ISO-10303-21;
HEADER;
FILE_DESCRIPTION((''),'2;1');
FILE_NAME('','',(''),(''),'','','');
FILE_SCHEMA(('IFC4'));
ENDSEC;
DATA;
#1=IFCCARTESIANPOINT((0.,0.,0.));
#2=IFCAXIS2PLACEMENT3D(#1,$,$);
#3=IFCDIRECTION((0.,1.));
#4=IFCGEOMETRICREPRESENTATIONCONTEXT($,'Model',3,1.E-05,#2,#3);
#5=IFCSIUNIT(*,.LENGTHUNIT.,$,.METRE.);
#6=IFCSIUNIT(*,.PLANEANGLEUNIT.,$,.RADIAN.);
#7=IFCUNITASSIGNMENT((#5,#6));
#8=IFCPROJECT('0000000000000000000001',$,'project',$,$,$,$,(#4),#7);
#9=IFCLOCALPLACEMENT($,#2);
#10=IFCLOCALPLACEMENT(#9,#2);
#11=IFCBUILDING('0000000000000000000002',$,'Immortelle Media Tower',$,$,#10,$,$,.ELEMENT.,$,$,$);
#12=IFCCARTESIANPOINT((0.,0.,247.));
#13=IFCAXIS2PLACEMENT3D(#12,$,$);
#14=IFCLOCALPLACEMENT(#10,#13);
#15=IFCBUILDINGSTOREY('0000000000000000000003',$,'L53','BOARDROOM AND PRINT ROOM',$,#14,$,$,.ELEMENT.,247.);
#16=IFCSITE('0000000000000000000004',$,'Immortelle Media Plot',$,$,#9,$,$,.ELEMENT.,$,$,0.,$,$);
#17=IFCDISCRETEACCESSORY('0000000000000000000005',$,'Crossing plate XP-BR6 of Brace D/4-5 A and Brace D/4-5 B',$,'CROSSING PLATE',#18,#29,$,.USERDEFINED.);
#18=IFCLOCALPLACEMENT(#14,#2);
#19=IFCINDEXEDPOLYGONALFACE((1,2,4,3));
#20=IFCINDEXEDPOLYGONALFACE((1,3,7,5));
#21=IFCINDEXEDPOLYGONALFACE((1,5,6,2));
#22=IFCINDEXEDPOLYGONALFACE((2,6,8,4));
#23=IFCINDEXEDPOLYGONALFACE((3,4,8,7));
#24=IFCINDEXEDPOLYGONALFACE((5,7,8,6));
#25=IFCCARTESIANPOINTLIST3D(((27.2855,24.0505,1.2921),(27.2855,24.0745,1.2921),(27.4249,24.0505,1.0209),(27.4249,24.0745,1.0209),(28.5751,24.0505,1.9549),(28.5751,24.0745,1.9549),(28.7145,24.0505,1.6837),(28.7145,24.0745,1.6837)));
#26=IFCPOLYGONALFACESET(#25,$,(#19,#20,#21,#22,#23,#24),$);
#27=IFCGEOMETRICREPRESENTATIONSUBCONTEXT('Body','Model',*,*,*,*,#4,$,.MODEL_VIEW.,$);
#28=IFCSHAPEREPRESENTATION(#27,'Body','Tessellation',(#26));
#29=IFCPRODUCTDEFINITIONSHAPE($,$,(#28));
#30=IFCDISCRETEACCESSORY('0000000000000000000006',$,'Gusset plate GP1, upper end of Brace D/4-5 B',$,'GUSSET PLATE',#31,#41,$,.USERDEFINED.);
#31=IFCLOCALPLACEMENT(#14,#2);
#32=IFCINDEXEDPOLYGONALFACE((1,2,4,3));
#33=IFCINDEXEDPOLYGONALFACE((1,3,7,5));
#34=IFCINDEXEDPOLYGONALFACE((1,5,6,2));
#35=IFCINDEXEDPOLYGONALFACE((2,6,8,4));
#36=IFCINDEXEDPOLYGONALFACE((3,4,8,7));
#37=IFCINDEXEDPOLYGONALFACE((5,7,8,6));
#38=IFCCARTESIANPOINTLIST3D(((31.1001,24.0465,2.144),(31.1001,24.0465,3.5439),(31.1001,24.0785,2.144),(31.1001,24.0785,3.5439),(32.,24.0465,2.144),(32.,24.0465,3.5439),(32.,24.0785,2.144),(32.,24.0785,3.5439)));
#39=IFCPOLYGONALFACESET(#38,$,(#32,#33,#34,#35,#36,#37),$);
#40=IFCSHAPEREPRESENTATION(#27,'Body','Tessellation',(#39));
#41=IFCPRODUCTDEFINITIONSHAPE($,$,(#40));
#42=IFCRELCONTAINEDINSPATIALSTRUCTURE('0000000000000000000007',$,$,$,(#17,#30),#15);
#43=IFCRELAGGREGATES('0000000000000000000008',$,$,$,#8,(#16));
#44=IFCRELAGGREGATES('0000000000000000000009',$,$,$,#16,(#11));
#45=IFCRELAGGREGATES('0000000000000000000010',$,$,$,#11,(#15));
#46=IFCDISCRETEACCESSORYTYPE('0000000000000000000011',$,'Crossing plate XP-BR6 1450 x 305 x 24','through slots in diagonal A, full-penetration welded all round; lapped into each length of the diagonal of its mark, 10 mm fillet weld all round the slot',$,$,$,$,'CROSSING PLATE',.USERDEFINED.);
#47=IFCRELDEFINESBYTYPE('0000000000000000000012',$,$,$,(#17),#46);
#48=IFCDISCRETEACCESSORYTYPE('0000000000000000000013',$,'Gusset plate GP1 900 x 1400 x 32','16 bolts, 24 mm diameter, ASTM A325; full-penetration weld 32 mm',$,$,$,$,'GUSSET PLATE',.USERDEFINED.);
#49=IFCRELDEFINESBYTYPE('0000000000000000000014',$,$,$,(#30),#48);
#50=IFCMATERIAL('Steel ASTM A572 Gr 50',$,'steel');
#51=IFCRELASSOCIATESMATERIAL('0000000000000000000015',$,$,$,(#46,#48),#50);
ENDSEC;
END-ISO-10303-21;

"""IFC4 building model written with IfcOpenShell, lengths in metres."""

from ifc_helpers import new_model, si_unit, direction, frame, origin, origin_2d, place, context, subcontext, project, spatial, rectangle, extrude, material, material_profile, profile_set, type_object, element, save


model = new_model("IFC4")

# Units and contexts
model_context = context("Model", 3, precision=1e-05, world=origin(), true_north=direction((0.0, 1.0)))
body_context = subcontext(model_context, "Body", "Model", "MODEL_VIEW")
ifc_project = project(units=[si_unit("LENGTHUNIT", "METRE"), si_unit("PLANEANGLEUNIT", "RADIAN")], contexts=[model_context])

# Site, building, storey
site_placement = place(None, origin())
site = spatial("IfcSite", under=ifc_project, at=site_placement, Name="Immortelle Media Plot", CompositionType="ELEMENT", RefElevation=0.0)
building_placement = place(site_placement, origin())
building = spatial("IfcBuilding", under=site, at=building_placement, Name="Immortelle Media Tower", CompositionType="ELEMENT")
storey_placement = place(building_placement, frame((0.0, 0.0, 247.0)))
storey = spatial("IfcBuildingStorey", under=building, at=storey_placement, Name="L53", Description="BOARDROOM AND PRINT ROOM", CompositionType="ELEMENT", Elevation=247.0)

# Discrete accessories
ifc_material_1 = material(Name="Steel ASTM A572 Gr 50", Category="steel")
ifc_material_profile_1 = material_profile(ifc_material_1, rectangle(XDim=0.0239, YDim=0.3049, at=origin_2d()), Name="PL 24 x 305")
ifc_profile_set_1 = profile_set([ifc_material_profile_1], Name="Steel ASTM A572 Gr 50")
discrete_accessory_type_1 = type_object("IfcDiscreteAccessoryType", Name="Crossing plate XP-BR6 1450 x 305 x 24", Description="through slots in diagonal A, full-penetration welded all round; lapped into each length of the diagonal of its mark, 10 mm fillet weld all round the slot", ElementType="CROSSING PLATE", PredefinedType="USERDEFINED", material=ifc_profile_set_1)
discrete_accessory_1_placement = place(storey_placement, frame((28.6448, 24.0625, 1.8193), z_axis=(-0.889388, 0.0, -0.457154), x_axis=(0.0, -1.0, 0.0)))
element("IfcDiscreteAccessory", 1, at=discrete_accessory_1_placement, inside=storey, type_object=discrete_accessory_type_1, Name="Crossing plate XP-BR6 of Brace D/4-5 A and Brace D/4-5 B", ObjectType="CROSSING PLATE", PredefinedType="USERDEFINED", context=body_context, shape_type="SweptSolid", body=[
    extrude(rectangle(XDim=0.0239, YDim=0.3049, at=origin_2d()), origin(), (0.0, 0.0, 1.0), 1.45),
])
ifc_material_profile_2 = material_profile(ifc_material_1, rectangle(XDim=0.032, YDim=1.3999, at=origin_2d()), Name="PL 32 x 1400")
ifc_profile_set_2 = profile_set([ifc_material_profile_2], Name="Steel ASTM A572 Gr 50")
discrete_accessory_type_2 = type_object("IfcDiscreteAccessoryType", Name="Gusset plate GP1 900 x 1400 x 32", Description="16 bolts, 24 mm diameter, ASTM A325; full-penetration weld 32 mm", ElementType="GUSSET PLATE", PredefinedType="USERDEFINED", material=ifc_profile_set_2)
discrete_accessory_2_placement = place(storey_placement, frame((32.0, 24.0625, 2.844), z_axis=(-1.0, 0.0, 0.0), x_axis=(0.0, -1.0, 0.0)))
element("IfcDiscreteAccessory", 2, at=discrete_accessory_2_placement, inside=storey, type_object=discrete_accessory_type_2, Name="Gusset plate GP1, upper end of Brace D/4-5 B", ObjectType="GUSSET PLATE", PredefinedType="USERDEFINED", context=body_context, shape_type="SweptSolid", body=[
    extrude(rectangle(XDim=0.032, YDim=1.3999, at=origin_2d()), origin(), (0.0, 0.0, 1.0), 0.8999),
])

save(model, "model.ifc")
